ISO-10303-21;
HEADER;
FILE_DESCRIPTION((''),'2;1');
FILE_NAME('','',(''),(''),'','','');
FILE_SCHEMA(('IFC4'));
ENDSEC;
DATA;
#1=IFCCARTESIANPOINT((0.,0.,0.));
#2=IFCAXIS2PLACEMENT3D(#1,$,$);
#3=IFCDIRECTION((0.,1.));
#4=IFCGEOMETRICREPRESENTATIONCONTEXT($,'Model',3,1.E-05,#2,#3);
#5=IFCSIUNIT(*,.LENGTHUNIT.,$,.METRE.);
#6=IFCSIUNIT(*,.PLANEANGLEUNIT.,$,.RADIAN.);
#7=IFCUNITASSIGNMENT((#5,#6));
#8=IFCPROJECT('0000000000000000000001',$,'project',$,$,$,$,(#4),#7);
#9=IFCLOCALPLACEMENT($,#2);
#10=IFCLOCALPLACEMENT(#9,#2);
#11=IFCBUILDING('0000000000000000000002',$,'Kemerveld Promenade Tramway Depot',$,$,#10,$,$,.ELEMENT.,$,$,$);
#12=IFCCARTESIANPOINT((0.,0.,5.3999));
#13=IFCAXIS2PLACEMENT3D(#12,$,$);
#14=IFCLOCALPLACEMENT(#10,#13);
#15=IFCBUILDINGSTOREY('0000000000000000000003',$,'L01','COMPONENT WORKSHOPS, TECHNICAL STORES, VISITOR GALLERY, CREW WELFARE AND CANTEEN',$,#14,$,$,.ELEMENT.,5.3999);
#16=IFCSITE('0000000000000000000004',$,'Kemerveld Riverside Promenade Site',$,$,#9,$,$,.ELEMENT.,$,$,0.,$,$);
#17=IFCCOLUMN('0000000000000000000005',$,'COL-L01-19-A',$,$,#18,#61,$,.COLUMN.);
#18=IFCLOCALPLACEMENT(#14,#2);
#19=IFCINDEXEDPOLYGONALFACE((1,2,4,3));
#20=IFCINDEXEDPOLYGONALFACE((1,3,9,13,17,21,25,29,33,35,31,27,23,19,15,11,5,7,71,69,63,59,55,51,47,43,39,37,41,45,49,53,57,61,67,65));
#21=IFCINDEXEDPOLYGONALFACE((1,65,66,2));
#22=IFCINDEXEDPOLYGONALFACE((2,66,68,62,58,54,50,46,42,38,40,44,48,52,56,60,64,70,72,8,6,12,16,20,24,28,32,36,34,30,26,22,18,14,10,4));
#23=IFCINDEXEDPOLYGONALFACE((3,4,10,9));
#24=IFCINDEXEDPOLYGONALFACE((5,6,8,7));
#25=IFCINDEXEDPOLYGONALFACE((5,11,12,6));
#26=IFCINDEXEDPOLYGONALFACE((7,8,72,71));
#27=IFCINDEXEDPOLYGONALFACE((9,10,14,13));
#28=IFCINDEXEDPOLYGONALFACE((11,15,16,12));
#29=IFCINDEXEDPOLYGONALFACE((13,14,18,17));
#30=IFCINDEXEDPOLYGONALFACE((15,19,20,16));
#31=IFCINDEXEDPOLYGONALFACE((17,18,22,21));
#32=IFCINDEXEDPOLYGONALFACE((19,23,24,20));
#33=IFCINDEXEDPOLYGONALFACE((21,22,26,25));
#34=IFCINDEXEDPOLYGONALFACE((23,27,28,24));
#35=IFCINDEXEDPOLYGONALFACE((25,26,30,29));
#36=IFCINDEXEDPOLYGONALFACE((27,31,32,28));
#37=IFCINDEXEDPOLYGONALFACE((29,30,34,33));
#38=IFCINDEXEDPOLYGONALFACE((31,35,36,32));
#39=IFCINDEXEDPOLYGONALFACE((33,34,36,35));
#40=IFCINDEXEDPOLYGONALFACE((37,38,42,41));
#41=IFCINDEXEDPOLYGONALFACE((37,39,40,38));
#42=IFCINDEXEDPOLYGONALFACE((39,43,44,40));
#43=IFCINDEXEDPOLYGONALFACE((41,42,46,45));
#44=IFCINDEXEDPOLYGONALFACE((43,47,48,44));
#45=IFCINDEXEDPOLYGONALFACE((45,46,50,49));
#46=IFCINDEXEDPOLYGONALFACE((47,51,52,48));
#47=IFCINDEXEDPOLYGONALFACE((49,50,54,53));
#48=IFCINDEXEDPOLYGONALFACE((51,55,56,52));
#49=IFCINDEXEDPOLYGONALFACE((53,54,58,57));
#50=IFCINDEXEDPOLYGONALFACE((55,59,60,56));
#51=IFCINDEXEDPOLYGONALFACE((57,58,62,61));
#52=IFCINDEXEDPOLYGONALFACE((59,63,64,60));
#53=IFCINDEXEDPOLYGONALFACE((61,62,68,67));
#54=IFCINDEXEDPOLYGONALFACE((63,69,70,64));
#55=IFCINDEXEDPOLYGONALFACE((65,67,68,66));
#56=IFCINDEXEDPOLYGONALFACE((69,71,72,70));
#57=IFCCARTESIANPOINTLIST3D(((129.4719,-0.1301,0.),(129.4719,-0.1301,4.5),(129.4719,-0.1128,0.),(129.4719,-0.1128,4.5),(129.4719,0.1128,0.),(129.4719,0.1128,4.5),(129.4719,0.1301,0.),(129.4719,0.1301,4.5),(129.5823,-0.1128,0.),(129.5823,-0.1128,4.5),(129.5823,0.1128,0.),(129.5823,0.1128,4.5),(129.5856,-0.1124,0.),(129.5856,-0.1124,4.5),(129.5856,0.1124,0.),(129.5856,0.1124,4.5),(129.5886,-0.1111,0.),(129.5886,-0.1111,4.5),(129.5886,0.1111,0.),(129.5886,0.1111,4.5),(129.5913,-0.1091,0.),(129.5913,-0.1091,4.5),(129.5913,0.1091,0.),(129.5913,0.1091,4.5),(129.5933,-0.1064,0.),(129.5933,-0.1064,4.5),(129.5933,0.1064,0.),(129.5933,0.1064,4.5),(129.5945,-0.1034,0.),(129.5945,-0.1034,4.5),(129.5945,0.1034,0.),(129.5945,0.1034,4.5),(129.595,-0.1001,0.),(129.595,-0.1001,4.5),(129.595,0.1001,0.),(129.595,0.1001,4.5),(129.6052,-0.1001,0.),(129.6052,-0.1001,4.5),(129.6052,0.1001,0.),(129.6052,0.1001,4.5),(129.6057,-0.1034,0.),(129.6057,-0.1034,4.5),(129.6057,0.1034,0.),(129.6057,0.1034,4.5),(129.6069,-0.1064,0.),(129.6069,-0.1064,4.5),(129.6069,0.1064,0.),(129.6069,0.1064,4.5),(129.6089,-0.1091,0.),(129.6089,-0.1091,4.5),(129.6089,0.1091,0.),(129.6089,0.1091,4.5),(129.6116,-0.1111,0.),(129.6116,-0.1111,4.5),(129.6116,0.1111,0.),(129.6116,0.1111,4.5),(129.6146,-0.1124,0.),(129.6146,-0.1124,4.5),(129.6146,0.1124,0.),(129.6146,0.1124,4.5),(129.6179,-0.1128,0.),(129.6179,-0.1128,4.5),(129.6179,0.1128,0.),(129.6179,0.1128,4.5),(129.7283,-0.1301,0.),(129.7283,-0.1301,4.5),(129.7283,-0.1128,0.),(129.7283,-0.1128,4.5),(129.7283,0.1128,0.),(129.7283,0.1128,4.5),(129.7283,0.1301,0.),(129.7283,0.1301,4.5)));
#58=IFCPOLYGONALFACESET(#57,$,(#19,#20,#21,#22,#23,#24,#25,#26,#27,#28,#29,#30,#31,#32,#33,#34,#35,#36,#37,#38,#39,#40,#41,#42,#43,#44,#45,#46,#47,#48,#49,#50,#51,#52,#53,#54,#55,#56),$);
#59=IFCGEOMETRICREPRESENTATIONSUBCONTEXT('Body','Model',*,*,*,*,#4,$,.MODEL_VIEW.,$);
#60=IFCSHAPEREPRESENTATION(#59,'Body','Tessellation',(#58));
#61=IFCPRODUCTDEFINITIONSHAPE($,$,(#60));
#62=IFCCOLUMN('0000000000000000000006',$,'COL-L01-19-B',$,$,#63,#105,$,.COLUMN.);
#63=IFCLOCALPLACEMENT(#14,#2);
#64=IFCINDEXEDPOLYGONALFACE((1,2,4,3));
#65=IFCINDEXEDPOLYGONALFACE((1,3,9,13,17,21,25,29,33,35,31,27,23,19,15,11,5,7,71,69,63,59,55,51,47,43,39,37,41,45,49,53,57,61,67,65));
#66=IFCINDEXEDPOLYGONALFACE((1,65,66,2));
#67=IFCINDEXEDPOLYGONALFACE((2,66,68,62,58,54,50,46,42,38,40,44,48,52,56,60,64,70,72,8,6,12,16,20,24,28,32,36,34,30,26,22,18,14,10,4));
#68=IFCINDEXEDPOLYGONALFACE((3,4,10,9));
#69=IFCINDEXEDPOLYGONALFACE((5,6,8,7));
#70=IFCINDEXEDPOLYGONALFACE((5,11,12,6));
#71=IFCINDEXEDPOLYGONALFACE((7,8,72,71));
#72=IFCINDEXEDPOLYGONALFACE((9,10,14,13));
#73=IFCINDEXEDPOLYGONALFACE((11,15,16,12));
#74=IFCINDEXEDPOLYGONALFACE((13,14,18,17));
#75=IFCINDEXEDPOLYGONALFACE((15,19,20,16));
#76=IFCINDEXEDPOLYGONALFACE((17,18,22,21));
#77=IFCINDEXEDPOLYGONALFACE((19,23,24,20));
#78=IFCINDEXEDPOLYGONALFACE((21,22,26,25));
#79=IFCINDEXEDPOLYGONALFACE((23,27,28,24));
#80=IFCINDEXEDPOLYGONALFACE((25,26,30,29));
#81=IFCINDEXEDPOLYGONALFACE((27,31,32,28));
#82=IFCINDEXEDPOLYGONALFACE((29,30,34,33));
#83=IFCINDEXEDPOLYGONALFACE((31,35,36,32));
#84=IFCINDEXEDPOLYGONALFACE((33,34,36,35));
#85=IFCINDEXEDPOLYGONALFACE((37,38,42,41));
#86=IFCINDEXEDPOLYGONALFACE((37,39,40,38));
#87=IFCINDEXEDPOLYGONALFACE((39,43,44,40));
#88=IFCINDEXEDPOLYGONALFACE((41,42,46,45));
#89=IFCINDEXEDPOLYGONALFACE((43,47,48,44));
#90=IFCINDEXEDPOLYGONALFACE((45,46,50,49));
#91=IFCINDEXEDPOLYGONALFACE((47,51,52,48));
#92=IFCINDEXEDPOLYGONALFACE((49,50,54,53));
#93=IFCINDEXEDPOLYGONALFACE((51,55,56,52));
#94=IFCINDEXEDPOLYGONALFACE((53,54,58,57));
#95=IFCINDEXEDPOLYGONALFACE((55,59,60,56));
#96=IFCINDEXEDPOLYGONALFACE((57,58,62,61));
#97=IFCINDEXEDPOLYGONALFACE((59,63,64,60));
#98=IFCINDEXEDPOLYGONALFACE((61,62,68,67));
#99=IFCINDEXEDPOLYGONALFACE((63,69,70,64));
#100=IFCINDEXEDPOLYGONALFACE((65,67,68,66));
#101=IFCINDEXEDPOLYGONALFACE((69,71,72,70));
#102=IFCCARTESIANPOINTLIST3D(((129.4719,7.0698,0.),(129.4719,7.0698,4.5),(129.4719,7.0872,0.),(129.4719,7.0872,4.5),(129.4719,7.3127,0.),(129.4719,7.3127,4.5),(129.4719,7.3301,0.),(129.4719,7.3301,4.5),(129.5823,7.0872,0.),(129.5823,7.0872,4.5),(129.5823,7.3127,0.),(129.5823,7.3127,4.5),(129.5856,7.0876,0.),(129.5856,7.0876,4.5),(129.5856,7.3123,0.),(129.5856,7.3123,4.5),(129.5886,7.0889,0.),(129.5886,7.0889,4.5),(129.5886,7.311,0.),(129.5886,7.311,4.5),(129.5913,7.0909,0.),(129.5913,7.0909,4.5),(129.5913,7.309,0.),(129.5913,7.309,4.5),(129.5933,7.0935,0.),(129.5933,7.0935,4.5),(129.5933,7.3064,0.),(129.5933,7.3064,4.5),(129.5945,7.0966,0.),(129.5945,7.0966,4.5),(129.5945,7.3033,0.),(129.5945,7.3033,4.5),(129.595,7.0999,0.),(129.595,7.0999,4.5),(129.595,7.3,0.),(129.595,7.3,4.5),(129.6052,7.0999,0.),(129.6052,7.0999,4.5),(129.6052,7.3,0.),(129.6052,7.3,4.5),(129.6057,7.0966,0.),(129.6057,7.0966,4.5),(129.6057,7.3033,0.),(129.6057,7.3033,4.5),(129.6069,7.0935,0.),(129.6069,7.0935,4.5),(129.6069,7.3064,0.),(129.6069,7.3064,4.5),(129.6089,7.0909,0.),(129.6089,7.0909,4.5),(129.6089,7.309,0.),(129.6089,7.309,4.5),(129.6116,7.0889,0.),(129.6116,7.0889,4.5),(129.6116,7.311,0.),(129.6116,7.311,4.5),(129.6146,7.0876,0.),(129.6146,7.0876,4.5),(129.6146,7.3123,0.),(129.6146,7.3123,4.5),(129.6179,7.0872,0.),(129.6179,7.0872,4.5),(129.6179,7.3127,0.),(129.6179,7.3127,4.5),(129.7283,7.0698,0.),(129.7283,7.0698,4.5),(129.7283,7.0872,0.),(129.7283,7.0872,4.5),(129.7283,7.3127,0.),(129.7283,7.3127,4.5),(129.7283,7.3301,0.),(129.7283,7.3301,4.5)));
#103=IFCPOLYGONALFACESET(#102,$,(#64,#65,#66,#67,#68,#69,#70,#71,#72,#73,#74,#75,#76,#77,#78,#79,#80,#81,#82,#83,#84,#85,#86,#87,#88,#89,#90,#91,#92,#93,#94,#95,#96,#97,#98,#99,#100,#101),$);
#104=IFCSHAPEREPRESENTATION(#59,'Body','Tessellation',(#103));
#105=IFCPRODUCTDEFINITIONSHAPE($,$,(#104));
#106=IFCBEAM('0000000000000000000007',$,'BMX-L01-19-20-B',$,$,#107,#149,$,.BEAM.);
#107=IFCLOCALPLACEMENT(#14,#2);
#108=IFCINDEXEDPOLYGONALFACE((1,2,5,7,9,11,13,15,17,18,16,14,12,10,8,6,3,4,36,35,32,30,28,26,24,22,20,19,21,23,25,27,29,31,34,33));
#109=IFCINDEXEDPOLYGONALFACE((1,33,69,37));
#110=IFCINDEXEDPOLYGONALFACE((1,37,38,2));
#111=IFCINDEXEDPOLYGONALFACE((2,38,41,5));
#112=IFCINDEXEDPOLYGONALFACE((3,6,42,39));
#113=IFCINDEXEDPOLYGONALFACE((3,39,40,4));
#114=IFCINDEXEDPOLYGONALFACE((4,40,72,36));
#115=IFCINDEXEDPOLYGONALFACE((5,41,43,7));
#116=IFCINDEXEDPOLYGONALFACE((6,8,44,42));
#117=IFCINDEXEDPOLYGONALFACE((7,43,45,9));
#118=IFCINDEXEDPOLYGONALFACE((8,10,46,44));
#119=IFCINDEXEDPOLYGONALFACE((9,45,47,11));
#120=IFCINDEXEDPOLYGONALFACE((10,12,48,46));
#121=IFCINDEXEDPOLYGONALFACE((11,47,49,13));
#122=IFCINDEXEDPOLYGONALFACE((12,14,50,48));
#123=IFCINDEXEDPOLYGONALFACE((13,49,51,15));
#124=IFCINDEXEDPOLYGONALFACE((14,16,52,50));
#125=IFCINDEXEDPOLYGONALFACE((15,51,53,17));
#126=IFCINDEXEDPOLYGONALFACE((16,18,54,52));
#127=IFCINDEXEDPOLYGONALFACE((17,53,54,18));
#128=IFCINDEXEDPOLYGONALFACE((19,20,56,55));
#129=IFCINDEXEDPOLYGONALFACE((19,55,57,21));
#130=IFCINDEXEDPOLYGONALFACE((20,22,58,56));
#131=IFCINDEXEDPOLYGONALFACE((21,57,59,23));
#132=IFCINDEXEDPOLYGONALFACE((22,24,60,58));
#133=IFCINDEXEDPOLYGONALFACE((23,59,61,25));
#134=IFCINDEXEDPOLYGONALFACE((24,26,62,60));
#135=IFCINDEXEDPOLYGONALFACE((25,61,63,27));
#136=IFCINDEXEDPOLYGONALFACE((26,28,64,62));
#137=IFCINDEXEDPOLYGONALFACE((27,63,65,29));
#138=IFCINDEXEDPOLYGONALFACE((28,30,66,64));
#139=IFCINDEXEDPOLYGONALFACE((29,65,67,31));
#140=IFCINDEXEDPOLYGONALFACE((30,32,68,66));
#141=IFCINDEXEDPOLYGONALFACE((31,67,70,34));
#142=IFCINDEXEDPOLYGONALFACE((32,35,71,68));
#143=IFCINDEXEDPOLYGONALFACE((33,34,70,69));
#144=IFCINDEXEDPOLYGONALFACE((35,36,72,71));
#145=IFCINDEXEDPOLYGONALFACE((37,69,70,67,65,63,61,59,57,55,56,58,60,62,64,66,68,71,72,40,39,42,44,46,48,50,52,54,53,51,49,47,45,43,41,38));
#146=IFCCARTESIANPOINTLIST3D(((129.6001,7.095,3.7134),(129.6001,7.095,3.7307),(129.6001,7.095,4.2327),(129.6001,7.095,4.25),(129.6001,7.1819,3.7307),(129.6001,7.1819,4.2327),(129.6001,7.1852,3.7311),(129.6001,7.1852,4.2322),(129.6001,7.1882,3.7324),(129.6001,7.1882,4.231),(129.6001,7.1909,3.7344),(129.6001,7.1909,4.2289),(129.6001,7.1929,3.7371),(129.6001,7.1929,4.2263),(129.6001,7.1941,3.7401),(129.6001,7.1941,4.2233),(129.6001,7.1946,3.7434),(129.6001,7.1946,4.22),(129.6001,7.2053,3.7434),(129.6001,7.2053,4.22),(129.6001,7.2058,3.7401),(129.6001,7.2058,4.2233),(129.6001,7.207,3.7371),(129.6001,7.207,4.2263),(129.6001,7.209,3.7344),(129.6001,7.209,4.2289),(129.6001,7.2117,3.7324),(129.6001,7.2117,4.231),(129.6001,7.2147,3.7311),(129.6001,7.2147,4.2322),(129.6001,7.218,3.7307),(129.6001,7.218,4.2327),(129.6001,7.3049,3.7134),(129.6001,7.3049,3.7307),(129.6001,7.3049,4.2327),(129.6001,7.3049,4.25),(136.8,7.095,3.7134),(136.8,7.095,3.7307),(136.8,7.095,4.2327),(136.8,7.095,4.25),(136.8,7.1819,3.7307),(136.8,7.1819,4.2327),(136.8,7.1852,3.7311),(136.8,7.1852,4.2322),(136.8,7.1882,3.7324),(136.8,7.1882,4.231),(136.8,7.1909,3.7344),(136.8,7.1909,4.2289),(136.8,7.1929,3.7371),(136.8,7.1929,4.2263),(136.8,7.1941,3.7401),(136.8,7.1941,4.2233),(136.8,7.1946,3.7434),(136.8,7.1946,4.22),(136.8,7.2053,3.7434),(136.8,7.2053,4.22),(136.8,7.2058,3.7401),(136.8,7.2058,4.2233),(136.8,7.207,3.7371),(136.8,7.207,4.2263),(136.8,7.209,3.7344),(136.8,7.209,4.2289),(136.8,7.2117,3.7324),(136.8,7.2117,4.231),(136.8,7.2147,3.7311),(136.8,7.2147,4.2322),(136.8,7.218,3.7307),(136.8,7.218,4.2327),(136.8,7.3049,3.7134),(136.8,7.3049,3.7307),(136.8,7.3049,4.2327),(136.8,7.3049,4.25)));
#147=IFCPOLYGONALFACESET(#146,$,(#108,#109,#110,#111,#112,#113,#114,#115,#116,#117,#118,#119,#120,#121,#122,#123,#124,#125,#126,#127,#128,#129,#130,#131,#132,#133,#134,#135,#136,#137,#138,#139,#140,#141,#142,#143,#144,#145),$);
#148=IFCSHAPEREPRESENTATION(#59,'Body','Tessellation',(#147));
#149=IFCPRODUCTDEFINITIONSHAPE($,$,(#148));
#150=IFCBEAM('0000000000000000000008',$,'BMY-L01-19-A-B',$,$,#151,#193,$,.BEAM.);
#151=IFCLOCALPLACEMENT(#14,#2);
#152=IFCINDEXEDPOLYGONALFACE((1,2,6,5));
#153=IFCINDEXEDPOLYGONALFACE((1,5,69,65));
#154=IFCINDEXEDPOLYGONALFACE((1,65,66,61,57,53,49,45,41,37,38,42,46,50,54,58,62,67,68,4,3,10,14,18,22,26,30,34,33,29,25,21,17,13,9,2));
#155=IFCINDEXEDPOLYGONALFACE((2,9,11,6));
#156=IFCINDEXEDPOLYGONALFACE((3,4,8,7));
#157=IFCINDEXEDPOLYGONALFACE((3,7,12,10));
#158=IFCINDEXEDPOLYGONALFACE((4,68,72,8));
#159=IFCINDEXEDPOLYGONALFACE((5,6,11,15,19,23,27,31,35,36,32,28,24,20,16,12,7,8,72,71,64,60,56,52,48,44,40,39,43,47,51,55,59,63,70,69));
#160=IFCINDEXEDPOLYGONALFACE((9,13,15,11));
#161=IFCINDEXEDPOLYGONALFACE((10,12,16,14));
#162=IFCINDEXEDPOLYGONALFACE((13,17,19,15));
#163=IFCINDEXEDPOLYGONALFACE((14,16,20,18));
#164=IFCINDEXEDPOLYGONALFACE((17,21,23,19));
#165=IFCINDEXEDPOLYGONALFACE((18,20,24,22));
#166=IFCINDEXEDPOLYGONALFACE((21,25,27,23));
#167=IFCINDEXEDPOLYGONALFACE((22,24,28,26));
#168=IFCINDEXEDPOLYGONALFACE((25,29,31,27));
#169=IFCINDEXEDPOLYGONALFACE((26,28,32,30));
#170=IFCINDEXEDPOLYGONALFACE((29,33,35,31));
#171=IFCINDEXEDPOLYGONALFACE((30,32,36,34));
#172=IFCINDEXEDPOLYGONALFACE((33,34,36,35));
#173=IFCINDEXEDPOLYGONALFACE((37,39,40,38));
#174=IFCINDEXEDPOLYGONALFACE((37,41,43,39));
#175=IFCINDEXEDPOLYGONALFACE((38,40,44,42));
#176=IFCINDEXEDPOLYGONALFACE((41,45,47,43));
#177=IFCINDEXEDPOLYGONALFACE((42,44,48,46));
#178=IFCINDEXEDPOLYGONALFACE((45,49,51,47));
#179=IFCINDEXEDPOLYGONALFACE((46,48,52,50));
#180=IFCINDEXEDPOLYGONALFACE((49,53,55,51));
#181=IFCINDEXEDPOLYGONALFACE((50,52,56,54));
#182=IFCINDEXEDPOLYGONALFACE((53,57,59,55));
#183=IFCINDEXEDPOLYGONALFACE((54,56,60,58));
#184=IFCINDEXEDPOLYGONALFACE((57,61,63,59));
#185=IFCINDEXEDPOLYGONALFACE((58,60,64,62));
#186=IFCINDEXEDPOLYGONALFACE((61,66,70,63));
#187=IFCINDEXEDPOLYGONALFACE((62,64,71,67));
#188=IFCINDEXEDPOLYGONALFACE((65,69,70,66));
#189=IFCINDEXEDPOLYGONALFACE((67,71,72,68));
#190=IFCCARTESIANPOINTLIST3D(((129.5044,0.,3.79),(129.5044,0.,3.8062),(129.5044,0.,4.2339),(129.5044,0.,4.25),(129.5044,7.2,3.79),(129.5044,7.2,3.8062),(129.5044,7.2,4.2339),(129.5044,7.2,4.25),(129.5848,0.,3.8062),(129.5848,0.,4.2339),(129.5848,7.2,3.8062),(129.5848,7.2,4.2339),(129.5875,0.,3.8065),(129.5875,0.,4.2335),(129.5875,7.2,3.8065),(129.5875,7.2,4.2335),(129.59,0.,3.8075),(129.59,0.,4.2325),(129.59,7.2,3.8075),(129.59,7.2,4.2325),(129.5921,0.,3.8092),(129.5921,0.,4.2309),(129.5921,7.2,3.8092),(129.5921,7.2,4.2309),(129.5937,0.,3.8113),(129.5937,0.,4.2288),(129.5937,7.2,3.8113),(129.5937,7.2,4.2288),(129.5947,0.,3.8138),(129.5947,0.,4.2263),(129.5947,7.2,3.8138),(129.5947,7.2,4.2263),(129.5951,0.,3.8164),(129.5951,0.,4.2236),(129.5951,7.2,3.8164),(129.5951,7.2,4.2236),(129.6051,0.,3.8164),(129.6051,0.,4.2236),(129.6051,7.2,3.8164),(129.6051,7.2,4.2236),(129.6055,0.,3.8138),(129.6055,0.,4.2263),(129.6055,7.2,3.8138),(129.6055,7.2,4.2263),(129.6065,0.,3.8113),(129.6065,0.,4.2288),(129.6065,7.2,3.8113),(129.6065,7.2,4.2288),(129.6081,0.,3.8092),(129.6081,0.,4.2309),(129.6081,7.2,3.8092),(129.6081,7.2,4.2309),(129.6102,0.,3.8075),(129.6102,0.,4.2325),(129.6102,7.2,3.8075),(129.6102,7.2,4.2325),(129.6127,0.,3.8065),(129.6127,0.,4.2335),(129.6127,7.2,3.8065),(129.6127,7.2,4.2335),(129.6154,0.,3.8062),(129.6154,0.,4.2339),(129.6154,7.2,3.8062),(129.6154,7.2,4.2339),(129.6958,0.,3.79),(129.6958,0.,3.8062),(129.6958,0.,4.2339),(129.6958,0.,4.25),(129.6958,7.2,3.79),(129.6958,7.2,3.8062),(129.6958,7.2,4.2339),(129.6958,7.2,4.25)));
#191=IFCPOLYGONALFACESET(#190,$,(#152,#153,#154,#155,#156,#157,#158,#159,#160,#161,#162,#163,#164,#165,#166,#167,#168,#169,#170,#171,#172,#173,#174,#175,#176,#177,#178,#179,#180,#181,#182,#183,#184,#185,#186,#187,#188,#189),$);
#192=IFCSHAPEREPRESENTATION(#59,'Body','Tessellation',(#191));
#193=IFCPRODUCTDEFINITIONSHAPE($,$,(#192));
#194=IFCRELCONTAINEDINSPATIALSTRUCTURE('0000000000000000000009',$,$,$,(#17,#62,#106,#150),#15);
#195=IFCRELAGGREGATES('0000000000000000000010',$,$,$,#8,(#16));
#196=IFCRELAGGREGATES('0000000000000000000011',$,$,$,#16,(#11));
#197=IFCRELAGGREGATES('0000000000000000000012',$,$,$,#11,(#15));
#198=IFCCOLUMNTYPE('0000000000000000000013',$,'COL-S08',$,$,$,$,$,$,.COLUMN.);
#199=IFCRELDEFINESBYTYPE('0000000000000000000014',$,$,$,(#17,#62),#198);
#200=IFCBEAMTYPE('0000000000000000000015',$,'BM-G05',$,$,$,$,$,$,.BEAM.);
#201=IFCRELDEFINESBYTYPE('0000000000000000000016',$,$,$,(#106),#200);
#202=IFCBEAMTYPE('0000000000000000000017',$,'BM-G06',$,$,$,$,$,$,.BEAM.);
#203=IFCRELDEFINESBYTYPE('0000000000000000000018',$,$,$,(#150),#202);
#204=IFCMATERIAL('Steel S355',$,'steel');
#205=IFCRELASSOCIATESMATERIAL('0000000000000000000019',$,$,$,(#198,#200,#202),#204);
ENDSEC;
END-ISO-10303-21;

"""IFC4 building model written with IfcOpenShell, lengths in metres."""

from ifc_helpers import new_model, si_unit, direction, frame, origin, origin_2d, place, context, subcontext, project, spatial, i_section, extrude, material, material_profile, profile_set, type_object, element, save


model = new_model("IFC4")

# Units and contexts
model_context = context("Model", 3, precision=1e-05, world=origin(), true_north=direction((0.0, 1.0)))
body_context = subcontext(model_context, "Body", "Model", "MODEL_VIEW")
ifc_project = project(units=[si_unit("LENGTHUNIT", "METRE"), si_unit("PLANEANGLEUNIT", "RADIAN")], contexts=[model_context])

# Site, building, storey
site_placement = place(None, origin())
site = spatial("IfcSite", under=ifc_project, at=site_placement, Name="Kemerveld Riverside Promenade Site", CompositionType="ELEMENT", RefElevation=0.0)
building_placement = place(site_placement, origin())
building = spatial("IfcBuilding", under=site, at=building_placement, Name="Kemerveld Promenade Tramway Depot", CompositionType="ELEMENT")
storey_placement = place(building_placement, frame((0.0, 0.0, 5.3999)))
storey = spatial("IfcBuildingStorey", under=building, at=storey_placement, Name="L01", Description="COMPONENT WORKSHOPS, TECHNICAL STORES, VISITOR GALLERY, CREW WELFARE AND CANTEEN", CompositionType="ELEMENT", Elevation=5.3999)

# Columns
ifc_material_1 = material(Name="Steel S355", Category="steel")
ifc_material_profile_1 = material_profile(ifc_material_1, i_section(OverallWidth=0.2563, OverallDepth=0.2603, WebThickness=0.0103, FlangeThickness=0.0173, FilletRadius=0.0127, at=origin_2d()), Name="254x254x89 UC")
ifc_profile_set_1 = profile_set([ifc_material_profile_1], Name="Steel S355")
column_type = type_object("IfcColumnType", Name="COL-S08", PredefinedType="COLUMN", material=ifc_profile_set_1)
for number, where, z_axis, x_axis, name in (
    (1, (129.6001, 0.0, 0.0), (0.0, 0.0, 1.0), (1.0, 0.0, 0.0), "COL-L01-19-A"),
    (2, (129.6001, 7.2, 0.0), (0.0, 0.0, 1.0), (1.0, 0.0, 0.0), "COL-L01-19-B"),
):
    element("IfcColumn", number, at=place(storey_placement, frame(where, z_axis=z_axis, x_axis=x_axis)), inside=storey, type_object=column_type, Name=name, PredefinedType="COLUMN", context=body_context, shape_type="SweptSolid", body=[
        extrude(i_section(OverallWidth=0.2563, OverallDepth=0.2603, WebThickness=0.0103, FlangeThickness=0.0173, FilletRadius=0.0127, at=origin_2d()), origin(), (0.0, 0.0, 1.0), 4.5),
    ])

# Beams
ifc_material_profile_2 = material_profile(ifc_material_1, i_section(OverallWidth=0.21, OverallDepth=0.5366, WebThickness=0.0107, FlangeThickness=0.0173, FilletRadius=0.0127, at=origin_2d()), Name="533x210x101 UB")
ifc_profile_set_2 = profile_set([ifc_material_profile_2], Name="Steel S355")
beam_type_1 = type_object("IfcBeamType", Name="BM-G05", PredefinedType="BEAM", material=ifc_profile_set_2)
beam_1_placement = place(storey_placement, frame((129.6001, 7.2, 3.9817), z_axis=(1.0, 0.0, 0.0), x_axis=(0.0, 1.0, 0.0)))
element("IfcBeam", 3, at=beam_1_placement, inside=storey, type_object=beam_type_1, Name="BMX-L01-19-20-B", PredefinedType="BEAM", context=body_context, shape_type="SweptSolid", body=[
    extrude(i_section(OverallWidth=0.21, OverallDepth=0.5366, WebThickness=0.0107, FlangeThickness=0.0173, FilletRadius=0.0127, at=origin_2d()), origin(), (0.0, 0.0, 1.0), 7.2),
])
ifc_material_profile_3 = material_profile(ifc_material_1, i_section(OverallWidth=0.1914, OverallDepth=0.46, WebThickness=0.01, FlangeThickness=0.0161, FilletRadius=0.0103, at=origin_2d()), Name="457x191x82 UB")
ifc_profile_set_3 = profile_set([ifc_material_profile_3], Name="Steel S355")
beam_type_2 = type_object("IfcBeamType", Name="BM-G06", PredefinedType="BEAM", material=ifc_profile_set_3)
for number, where, z_axis, x_axis, name in (
    (4, (129.6001, 0.0, 4.02), (0.0, 1.0, 0.0), (-1.0, 0.0, 0.0), "BMY-L01-19-A-B"),
):
    element("IfcBeam", number, at=place(storey_placement, frame(where, z_axis=z_axis, x_axis=x_axis)), inside=storey, type_object=beam_type_2, Name=name, PredefinedType="BEAM", context=body_context, shape_type="SweptSolid", body=[
        extrude(i_section(OverallWidth=0.1914, OverallDepth=0.46, WebThickness=0.01, FlangeThickness=0.0161, FilletRadius=0.0103, at=origin_2d()), origin(), (0.0, 0.0, 1.0), 7.2),
    ])

save(model, "model.ifc")
